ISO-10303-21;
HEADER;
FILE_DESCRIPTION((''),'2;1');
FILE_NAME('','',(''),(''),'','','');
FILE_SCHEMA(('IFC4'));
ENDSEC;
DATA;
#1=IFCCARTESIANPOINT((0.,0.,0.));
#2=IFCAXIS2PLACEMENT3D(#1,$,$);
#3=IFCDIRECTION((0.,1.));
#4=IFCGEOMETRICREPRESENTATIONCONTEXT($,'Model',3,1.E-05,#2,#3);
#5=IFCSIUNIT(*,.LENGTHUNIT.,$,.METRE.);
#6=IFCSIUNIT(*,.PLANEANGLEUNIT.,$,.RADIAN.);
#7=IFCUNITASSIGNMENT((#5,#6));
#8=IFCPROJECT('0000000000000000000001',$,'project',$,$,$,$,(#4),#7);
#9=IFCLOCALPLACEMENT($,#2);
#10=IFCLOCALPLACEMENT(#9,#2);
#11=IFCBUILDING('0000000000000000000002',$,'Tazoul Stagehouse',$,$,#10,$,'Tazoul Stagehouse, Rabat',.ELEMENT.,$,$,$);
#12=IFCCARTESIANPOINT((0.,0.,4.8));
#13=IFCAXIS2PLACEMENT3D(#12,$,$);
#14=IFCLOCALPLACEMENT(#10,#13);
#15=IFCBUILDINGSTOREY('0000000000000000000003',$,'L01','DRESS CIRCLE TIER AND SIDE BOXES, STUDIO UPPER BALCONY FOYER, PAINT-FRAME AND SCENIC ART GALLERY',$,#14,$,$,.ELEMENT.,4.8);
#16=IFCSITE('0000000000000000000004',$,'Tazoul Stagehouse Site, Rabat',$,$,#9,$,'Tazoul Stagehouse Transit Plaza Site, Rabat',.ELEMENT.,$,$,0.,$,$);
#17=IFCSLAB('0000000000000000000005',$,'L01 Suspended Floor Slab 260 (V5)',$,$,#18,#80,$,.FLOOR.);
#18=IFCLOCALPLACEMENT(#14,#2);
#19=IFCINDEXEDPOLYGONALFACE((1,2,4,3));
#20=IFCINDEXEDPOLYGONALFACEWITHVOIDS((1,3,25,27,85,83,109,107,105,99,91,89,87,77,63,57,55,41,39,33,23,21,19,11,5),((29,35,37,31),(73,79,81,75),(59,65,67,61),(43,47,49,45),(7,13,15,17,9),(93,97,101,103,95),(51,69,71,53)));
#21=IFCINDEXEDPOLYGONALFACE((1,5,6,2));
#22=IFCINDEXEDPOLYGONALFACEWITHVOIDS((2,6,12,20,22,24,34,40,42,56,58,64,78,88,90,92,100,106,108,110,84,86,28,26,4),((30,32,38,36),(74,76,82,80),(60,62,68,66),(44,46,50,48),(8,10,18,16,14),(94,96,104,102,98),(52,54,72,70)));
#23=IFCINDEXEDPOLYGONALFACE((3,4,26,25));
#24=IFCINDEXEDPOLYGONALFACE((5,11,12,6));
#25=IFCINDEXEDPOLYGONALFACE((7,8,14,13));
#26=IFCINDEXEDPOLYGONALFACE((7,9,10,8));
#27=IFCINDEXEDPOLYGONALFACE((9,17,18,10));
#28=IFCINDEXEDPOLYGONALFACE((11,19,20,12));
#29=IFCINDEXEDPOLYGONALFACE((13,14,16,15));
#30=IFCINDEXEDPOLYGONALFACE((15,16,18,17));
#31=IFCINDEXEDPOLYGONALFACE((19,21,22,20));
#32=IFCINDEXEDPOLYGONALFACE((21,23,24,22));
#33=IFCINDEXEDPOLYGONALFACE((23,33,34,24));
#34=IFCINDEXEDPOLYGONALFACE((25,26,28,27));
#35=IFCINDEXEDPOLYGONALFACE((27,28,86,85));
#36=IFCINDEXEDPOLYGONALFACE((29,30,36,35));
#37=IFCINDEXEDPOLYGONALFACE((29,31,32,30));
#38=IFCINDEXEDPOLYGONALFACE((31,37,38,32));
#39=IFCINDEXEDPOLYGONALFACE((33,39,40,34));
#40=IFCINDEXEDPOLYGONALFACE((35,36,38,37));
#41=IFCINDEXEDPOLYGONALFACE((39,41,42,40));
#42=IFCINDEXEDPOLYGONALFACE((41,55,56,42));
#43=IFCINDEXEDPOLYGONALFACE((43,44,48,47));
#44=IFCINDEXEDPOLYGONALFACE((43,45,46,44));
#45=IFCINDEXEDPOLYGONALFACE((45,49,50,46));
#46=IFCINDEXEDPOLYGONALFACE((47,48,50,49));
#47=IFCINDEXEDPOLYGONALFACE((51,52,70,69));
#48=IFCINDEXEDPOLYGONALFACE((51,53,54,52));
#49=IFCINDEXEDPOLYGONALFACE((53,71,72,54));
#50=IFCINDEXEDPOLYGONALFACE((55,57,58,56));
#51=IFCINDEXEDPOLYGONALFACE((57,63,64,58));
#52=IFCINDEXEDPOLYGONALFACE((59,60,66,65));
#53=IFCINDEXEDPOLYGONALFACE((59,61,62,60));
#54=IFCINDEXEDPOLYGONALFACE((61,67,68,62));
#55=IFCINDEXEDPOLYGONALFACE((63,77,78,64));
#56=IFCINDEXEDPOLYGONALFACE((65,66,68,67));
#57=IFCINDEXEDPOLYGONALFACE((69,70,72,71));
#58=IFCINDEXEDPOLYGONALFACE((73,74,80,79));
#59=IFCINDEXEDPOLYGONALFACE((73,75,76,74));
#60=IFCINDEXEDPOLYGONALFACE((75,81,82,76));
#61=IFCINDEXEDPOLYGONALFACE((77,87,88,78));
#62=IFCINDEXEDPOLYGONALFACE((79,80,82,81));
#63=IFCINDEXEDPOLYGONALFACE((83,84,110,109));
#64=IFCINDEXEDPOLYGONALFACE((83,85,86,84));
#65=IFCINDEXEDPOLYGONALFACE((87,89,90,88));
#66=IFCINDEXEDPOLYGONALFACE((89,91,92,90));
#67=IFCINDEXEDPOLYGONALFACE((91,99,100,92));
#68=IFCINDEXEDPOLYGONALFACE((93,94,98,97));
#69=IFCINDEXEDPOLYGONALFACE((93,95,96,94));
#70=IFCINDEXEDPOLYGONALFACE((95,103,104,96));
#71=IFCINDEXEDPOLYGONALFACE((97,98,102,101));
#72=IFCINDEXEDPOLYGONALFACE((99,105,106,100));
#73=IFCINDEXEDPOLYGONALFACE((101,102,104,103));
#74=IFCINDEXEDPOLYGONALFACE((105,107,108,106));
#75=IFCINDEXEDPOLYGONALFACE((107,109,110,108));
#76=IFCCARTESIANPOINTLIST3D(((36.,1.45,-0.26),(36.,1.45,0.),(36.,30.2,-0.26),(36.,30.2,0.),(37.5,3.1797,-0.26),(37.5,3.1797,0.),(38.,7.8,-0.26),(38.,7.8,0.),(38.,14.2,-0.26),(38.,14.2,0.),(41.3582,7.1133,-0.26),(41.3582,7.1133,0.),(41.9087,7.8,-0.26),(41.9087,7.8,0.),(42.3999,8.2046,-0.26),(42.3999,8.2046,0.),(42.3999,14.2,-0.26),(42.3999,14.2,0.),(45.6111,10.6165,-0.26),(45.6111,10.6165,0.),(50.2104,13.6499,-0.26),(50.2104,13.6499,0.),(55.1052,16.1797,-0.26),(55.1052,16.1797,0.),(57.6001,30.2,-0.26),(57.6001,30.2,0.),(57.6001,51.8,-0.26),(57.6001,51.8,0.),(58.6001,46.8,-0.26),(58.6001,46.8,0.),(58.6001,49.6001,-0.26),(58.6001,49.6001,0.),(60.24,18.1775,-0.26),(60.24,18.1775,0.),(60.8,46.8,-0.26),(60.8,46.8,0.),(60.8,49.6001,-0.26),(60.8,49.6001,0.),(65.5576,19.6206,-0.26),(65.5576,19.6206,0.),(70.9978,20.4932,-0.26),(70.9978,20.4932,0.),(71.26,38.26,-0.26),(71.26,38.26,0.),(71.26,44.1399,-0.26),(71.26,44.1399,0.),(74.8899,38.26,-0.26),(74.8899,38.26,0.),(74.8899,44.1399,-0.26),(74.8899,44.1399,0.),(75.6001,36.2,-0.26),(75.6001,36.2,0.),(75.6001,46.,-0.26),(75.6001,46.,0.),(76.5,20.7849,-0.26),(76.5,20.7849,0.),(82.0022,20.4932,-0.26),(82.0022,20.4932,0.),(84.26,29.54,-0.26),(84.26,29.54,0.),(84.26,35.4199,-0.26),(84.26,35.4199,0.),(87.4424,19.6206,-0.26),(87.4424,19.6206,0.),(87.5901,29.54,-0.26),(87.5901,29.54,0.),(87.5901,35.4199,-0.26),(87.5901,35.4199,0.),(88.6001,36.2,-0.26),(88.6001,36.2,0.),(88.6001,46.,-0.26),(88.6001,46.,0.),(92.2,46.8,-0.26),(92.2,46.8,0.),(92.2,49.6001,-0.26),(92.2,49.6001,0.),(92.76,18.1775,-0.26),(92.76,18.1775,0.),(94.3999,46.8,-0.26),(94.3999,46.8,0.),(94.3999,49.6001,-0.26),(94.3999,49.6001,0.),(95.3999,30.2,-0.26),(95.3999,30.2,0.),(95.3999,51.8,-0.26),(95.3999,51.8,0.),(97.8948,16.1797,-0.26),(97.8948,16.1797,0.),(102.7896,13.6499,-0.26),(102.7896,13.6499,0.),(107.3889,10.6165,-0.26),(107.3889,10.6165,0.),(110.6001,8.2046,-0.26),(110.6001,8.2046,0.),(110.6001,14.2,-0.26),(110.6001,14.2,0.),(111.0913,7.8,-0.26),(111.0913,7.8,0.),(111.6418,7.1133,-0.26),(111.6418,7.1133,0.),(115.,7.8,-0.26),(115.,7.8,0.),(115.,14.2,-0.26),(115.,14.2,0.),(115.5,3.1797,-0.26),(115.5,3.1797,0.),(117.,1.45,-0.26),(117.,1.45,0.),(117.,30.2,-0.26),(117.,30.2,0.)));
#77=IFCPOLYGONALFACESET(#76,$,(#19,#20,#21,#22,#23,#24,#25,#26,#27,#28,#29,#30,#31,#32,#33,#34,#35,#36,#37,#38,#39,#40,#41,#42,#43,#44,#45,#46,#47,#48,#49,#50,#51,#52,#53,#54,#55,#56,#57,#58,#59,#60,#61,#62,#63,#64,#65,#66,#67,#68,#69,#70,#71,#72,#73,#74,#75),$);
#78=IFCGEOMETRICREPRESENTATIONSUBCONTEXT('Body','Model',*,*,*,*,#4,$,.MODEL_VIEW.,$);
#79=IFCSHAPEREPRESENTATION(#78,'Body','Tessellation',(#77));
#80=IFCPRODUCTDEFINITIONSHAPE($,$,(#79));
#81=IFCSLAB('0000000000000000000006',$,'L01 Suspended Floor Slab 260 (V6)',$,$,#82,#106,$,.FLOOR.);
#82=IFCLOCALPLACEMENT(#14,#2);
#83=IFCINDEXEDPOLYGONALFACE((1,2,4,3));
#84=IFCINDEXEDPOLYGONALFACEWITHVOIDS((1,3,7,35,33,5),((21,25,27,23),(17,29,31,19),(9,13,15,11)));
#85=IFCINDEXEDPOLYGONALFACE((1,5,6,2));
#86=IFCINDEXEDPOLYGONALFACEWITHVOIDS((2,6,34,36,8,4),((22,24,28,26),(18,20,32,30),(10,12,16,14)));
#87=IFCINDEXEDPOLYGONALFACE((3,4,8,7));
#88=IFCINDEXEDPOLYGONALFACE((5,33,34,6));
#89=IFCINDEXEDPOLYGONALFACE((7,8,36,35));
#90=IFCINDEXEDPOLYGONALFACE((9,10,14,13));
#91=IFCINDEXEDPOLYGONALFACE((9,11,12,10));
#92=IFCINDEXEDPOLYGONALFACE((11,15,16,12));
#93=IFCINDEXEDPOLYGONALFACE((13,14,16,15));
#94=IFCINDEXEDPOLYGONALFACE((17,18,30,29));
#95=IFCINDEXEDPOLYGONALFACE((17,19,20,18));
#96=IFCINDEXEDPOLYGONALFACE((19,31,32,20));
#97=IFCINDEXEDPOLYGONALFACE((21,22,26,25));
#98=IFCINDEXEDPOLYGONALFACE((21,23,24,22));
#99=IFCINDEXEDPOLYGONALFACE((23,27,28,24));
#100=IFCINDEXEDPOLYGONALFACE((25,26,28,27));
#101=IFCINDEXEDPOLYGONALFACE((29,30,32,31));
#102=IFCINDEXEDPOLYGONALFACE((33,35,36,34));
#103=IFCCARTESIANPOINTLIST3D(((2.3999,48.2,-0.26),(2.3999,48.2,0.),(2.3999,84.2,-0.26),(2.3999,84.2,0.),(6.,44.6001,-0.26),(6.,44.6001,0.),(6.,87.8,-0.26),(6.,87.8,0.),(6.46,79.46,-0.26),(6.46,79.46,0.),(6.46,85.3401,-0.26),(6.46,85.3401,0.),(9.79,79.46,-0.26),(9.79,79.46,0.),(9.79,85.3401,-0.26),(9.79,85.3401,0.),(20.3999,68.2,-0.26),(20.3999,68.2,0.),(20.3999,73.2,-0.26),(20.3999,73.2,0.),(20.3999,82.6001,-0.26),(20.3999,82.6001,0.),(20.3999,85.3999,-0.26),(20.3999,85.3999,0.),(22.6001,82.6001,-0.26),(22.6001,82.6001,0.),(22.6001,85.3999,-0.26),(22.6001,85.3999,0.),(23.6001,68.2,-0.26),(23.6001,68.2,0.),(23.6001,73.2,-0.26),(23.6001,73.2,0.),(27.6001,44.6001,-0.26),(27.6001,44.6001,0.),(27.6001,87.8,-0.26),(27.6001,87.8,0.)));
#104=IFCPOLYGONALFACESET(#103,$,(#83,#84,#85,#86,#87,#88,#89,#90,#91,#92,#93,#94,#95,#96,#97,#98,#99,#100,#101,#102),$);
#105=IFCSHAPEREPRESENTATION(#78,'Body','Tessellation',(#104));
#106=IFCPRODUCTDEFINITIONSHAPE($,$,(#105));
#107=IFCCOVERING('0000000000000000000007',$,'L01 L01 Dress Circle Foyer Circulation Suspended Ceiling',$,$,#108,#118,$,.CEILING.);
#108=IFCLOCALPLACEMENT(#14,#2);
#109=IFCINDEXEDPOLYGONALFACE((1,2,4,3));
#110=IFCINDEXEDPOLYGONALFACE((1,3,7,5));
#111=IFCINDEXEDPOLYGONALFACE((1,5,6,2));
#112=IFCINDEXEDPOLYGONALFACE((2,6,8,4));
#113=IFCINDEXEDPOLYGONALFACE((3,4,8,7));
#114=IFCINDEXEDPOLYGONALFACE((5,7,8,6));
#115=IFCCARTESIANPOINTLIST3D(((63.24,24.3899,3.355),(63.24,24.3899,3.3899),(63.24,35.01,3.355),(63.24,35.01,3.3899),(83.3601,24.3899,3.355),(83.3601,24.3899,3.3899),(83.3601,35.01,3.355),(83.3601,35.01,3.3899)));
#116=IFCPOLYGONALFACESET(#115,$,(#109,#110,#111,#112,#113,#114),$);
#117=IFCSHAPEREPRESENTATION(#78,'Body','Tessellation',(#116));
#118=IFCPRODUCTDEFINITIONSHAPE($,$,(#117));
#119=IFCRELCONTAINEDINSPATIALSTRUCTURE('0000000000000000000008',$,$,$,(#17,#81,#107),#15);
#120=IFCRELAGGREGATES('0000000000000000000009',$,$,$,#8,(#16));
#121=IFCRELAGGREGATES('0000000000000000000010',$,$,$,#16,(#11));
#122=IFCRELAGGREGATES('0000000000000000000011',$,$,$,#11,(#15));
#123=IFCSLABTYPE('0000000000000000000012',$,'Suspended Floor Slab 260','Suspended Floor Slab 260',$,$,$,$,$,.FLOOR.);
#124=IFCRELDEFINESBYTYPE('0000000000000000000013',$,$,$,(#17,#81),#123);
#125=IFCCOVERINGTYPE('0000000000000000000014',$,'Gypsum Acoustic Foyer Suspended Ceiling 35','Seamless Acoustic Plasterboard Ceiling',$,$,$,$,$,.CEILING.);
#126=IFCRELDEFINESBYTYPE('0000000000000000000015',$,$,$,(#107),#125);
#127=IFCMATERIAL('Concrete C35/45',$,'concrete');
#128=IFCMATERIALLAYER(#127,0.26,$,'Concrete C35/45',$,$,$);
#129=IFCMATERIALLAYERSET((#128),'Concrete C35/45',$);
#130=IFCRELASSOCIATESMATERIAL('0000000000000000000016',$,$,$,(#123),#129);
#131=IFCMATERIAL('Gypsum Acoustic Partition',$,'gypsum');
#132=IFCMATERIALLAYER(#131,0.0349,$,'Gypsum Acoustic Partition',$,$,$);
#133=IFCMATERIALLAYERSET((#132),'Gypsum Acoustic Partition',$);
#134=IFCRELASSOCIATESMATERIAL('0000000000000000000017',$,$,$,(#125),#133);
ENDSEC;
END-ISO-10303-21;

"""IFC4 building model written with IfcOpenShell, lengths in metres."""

from ifc_helpers import new_model, si_unit, direction, frame, origin, place, context, subcontext, project, spatial, polyline, outline, extrude, material, layer, layer_set, type_object, element, save


model = new_model("IFC4")

# Units and contexts
model_context = context("Model", 3, precision=1e-05, world=origin(), true_north=direction((0.0, 1.0)))
body_context = subcontext(model_context, "Body", "Model", "MODEL_VIEW")
ifc_project = project(units=[si_unit("LENGTHUNIT", "METRE"), si_unit("PLANEANGLEUNIT", "RADIAN")], contexts=[model_context])

# Site, building, storey
site_placement = place(None, origin())
site = spatial("IfcSite", under=ifc_project, at=site_placement, Name="Tazoul Stagehouse Site, Rabat", LongName="Tazoul Stagehouse Transit Plaza Site, Rabat", CompositionType="ELEMENT", RefElevation=0.0)
building_placement = place(site_placement, origin())
building = spatial("IfcBuilding", under=site, at=building_placement, Name="Tazoul Stagehouse", LongName="Tazoul Stagehouse, Rabat", CompositionType="ELEMENT")
storey_placement = place(building_placement, frame((0.0, 0.0, 4.8)))
storey = spatial("IfcBuildingStorey", under=building, at=storey_placement, Name="L01", Description="DRESS CIRCLE TIER AND SIDE BOXES, STUDIO UPPER BALCONY FOYER, PAINT-FRAME AND SCENIC ART GALLERY", CompositionType="ELEMENT", Elevation=4.8)

# Slabs
ifc_material_1 = material(Name="Concrete C35/45", Category="concrete")
ifc_layer_1 = layer(ifc_material_1, 0.26, Name="Concrete C35/45")
ifc_layer_set_1 = layer_set([ifc_layer_1], Name="Concrete C35/45")
slab_type_1 = type_object("IfcSlabType", Name="Suspended Floor Slab 260", Description="Suspended Floor Slab 260", PredefinedType="FLOOR", material=ifc_layer_set_1)
slab_1_placement = place(storey_placement, frame((0.0, 0.0, -0.26)))
element("IfcSlab", 1, at=slab_1_placement, inside=storey, type_object=slab_type_1, Name="L01 Suspended Floor Slab 260 (V5)", PredefinedType="FLOOR", context=body_context, shape_type="SweptSolid", body=[
    extrude(outline(polyline([(36.0, 1.45), (36.0, 30.2), (57.6001, 30.2), (57.6001, 51.8), (95.3999, 51.8), (95.3999, 30.2), (117.0, 30.2), (117.0, 1.45), (115.5, 3.1797), (111.6418, 7.1133), (107.3889, 10.6165), (102.7896, 13.6499), (97.8948, 16.1797), (92.76, 18.1775), (87.4424, 19.6206), (82.0022, 20.4932), (76.5, 20.7849), (70.9978, 20.4932), (65.5576, 19.6206), (60.24, 18.1775), (55.1052, 16.1797), (50.2104, 13.6499), (45.6111, 10.6165), (41.3582, 7.1133), (37.5, 3.1797), (36.0, 1.45)]), holes=[polyline([(110.6001, 8.2046), (110.6001, 14.2), (115.0, 14.2), (115.0, 7.8), (111.0913, 7.8), (110.6001, 8.2046)]), polyline([(41.9087, 7.8), (38.0, 7.8), (38.0, 14.2), (42.3999, 14.2), (42.3999, 8.2046), (41.9087, 7.8)]), polyline([(88.6001, 46.0), (88.6001, 36.2), (75.6001, 36.2), (75.6001, 46.0), (88.6001, 46.0)]), polyline([(71.26, 44.1399), (74.8899, 44.1399), (74.8899, 38.26), (71.26, 38.26), (71.26, 44.1399)]), polyline([(58.6001, 46.8), (58.6001, 49.6001), (60.8, 49.6001), (60.8, 46.8), (58.6001, 46.8)]), polyline([(84.26, 35.4199), (87.5901, 35.4199), (87.5901, 29.54), (84.26, 29.54), (84.26, 35.4199)]), polyline([(92.2, 46.8), (92.2, 49.6001), (94.3999, 49.6001), (94.3999, 46.8), (92.2, 46.8)])]), origin(), (0.0, 0.0, 1.0), 0.26),
])
slab_2_placement = place(storey_placement, frame((0.0, 0.0, -0.26)))
element("IfcSlab", 2, at=slab_2_placement, inside=storey, type_object=slab_type_1, Name="L01 Suspended Floor Slab 260 (V6)", PredefinedType="FLOOR", context=body_context, shape_type="SweptSolid", body=[
    extrude(outline(polyline([(6.0, 44.6001), (2.3999, 48.2), (2.3999, 84.2), (6.0, 87.8), (27.6001, 87.8), (27.6001, 44.6001), (6.0, 44.6001)]), holes=[polyline([(20.3999, 73.2), (23.6001, 73.2), (23.6001, 68.2), (20.3999, 68.2), (20.3999, 73.2)]), polyline([(6.46, 85.3401), (9.79, 85.3401), (9.79, 79.46), (6.46, 79.46), (6.46, 85.3401)]), polyline([(20.3999, 85.3999), (22.6001, 85.3999), (22.6001, 82.6001), (20.3999, 82.6001), (20.3999, 85.3999)])]), origin(), (0.0, 0.0, 1.0), 0.26),
])

# Covering
ifc_material_2 = material(Name="Gypsum Acoustic Partition", Category="gypsum")
ifc_layer_2 = layer(ifc_material_2, 0.0349, Name="Gypsum Acoustic Partition")
ifc_layer_set_2 = layer_set([ifc_layer_2], Name="Gypsum Acoustic Partition")
covering_type_1 = type_object("IfcCoveringType", Name="Gypsum Acoustic Foyer Suspended Ceiling 35", Description="Seamless Acoustic Plasterboard Ceiling", PredefinedType="CEILING", material=ifc_layer_set_2)
covering_1_placement = place(storey_placement, frame((0.0, 0.0, 3.355)))
element("IfcCovering", 3, at=covering_1_placement, inside=storey, type_object=covering_type_1, Name="L01 L01 Dress Circle Foyer Circulation Suspended Ceiling", PredefinedType="CEILING", context=body_context, shape_type="SweptSolid", body=[
    extrude(outline(polyline([(83.3601, 35.01), (83.3601, 24.3899), (63.24, 24.3899), (63.24, 35.01), (83.3601, 35.01)])), origin(), (0.0, 0.0, 1.0), 0.0349),
])

save(model, "model.ifc")
